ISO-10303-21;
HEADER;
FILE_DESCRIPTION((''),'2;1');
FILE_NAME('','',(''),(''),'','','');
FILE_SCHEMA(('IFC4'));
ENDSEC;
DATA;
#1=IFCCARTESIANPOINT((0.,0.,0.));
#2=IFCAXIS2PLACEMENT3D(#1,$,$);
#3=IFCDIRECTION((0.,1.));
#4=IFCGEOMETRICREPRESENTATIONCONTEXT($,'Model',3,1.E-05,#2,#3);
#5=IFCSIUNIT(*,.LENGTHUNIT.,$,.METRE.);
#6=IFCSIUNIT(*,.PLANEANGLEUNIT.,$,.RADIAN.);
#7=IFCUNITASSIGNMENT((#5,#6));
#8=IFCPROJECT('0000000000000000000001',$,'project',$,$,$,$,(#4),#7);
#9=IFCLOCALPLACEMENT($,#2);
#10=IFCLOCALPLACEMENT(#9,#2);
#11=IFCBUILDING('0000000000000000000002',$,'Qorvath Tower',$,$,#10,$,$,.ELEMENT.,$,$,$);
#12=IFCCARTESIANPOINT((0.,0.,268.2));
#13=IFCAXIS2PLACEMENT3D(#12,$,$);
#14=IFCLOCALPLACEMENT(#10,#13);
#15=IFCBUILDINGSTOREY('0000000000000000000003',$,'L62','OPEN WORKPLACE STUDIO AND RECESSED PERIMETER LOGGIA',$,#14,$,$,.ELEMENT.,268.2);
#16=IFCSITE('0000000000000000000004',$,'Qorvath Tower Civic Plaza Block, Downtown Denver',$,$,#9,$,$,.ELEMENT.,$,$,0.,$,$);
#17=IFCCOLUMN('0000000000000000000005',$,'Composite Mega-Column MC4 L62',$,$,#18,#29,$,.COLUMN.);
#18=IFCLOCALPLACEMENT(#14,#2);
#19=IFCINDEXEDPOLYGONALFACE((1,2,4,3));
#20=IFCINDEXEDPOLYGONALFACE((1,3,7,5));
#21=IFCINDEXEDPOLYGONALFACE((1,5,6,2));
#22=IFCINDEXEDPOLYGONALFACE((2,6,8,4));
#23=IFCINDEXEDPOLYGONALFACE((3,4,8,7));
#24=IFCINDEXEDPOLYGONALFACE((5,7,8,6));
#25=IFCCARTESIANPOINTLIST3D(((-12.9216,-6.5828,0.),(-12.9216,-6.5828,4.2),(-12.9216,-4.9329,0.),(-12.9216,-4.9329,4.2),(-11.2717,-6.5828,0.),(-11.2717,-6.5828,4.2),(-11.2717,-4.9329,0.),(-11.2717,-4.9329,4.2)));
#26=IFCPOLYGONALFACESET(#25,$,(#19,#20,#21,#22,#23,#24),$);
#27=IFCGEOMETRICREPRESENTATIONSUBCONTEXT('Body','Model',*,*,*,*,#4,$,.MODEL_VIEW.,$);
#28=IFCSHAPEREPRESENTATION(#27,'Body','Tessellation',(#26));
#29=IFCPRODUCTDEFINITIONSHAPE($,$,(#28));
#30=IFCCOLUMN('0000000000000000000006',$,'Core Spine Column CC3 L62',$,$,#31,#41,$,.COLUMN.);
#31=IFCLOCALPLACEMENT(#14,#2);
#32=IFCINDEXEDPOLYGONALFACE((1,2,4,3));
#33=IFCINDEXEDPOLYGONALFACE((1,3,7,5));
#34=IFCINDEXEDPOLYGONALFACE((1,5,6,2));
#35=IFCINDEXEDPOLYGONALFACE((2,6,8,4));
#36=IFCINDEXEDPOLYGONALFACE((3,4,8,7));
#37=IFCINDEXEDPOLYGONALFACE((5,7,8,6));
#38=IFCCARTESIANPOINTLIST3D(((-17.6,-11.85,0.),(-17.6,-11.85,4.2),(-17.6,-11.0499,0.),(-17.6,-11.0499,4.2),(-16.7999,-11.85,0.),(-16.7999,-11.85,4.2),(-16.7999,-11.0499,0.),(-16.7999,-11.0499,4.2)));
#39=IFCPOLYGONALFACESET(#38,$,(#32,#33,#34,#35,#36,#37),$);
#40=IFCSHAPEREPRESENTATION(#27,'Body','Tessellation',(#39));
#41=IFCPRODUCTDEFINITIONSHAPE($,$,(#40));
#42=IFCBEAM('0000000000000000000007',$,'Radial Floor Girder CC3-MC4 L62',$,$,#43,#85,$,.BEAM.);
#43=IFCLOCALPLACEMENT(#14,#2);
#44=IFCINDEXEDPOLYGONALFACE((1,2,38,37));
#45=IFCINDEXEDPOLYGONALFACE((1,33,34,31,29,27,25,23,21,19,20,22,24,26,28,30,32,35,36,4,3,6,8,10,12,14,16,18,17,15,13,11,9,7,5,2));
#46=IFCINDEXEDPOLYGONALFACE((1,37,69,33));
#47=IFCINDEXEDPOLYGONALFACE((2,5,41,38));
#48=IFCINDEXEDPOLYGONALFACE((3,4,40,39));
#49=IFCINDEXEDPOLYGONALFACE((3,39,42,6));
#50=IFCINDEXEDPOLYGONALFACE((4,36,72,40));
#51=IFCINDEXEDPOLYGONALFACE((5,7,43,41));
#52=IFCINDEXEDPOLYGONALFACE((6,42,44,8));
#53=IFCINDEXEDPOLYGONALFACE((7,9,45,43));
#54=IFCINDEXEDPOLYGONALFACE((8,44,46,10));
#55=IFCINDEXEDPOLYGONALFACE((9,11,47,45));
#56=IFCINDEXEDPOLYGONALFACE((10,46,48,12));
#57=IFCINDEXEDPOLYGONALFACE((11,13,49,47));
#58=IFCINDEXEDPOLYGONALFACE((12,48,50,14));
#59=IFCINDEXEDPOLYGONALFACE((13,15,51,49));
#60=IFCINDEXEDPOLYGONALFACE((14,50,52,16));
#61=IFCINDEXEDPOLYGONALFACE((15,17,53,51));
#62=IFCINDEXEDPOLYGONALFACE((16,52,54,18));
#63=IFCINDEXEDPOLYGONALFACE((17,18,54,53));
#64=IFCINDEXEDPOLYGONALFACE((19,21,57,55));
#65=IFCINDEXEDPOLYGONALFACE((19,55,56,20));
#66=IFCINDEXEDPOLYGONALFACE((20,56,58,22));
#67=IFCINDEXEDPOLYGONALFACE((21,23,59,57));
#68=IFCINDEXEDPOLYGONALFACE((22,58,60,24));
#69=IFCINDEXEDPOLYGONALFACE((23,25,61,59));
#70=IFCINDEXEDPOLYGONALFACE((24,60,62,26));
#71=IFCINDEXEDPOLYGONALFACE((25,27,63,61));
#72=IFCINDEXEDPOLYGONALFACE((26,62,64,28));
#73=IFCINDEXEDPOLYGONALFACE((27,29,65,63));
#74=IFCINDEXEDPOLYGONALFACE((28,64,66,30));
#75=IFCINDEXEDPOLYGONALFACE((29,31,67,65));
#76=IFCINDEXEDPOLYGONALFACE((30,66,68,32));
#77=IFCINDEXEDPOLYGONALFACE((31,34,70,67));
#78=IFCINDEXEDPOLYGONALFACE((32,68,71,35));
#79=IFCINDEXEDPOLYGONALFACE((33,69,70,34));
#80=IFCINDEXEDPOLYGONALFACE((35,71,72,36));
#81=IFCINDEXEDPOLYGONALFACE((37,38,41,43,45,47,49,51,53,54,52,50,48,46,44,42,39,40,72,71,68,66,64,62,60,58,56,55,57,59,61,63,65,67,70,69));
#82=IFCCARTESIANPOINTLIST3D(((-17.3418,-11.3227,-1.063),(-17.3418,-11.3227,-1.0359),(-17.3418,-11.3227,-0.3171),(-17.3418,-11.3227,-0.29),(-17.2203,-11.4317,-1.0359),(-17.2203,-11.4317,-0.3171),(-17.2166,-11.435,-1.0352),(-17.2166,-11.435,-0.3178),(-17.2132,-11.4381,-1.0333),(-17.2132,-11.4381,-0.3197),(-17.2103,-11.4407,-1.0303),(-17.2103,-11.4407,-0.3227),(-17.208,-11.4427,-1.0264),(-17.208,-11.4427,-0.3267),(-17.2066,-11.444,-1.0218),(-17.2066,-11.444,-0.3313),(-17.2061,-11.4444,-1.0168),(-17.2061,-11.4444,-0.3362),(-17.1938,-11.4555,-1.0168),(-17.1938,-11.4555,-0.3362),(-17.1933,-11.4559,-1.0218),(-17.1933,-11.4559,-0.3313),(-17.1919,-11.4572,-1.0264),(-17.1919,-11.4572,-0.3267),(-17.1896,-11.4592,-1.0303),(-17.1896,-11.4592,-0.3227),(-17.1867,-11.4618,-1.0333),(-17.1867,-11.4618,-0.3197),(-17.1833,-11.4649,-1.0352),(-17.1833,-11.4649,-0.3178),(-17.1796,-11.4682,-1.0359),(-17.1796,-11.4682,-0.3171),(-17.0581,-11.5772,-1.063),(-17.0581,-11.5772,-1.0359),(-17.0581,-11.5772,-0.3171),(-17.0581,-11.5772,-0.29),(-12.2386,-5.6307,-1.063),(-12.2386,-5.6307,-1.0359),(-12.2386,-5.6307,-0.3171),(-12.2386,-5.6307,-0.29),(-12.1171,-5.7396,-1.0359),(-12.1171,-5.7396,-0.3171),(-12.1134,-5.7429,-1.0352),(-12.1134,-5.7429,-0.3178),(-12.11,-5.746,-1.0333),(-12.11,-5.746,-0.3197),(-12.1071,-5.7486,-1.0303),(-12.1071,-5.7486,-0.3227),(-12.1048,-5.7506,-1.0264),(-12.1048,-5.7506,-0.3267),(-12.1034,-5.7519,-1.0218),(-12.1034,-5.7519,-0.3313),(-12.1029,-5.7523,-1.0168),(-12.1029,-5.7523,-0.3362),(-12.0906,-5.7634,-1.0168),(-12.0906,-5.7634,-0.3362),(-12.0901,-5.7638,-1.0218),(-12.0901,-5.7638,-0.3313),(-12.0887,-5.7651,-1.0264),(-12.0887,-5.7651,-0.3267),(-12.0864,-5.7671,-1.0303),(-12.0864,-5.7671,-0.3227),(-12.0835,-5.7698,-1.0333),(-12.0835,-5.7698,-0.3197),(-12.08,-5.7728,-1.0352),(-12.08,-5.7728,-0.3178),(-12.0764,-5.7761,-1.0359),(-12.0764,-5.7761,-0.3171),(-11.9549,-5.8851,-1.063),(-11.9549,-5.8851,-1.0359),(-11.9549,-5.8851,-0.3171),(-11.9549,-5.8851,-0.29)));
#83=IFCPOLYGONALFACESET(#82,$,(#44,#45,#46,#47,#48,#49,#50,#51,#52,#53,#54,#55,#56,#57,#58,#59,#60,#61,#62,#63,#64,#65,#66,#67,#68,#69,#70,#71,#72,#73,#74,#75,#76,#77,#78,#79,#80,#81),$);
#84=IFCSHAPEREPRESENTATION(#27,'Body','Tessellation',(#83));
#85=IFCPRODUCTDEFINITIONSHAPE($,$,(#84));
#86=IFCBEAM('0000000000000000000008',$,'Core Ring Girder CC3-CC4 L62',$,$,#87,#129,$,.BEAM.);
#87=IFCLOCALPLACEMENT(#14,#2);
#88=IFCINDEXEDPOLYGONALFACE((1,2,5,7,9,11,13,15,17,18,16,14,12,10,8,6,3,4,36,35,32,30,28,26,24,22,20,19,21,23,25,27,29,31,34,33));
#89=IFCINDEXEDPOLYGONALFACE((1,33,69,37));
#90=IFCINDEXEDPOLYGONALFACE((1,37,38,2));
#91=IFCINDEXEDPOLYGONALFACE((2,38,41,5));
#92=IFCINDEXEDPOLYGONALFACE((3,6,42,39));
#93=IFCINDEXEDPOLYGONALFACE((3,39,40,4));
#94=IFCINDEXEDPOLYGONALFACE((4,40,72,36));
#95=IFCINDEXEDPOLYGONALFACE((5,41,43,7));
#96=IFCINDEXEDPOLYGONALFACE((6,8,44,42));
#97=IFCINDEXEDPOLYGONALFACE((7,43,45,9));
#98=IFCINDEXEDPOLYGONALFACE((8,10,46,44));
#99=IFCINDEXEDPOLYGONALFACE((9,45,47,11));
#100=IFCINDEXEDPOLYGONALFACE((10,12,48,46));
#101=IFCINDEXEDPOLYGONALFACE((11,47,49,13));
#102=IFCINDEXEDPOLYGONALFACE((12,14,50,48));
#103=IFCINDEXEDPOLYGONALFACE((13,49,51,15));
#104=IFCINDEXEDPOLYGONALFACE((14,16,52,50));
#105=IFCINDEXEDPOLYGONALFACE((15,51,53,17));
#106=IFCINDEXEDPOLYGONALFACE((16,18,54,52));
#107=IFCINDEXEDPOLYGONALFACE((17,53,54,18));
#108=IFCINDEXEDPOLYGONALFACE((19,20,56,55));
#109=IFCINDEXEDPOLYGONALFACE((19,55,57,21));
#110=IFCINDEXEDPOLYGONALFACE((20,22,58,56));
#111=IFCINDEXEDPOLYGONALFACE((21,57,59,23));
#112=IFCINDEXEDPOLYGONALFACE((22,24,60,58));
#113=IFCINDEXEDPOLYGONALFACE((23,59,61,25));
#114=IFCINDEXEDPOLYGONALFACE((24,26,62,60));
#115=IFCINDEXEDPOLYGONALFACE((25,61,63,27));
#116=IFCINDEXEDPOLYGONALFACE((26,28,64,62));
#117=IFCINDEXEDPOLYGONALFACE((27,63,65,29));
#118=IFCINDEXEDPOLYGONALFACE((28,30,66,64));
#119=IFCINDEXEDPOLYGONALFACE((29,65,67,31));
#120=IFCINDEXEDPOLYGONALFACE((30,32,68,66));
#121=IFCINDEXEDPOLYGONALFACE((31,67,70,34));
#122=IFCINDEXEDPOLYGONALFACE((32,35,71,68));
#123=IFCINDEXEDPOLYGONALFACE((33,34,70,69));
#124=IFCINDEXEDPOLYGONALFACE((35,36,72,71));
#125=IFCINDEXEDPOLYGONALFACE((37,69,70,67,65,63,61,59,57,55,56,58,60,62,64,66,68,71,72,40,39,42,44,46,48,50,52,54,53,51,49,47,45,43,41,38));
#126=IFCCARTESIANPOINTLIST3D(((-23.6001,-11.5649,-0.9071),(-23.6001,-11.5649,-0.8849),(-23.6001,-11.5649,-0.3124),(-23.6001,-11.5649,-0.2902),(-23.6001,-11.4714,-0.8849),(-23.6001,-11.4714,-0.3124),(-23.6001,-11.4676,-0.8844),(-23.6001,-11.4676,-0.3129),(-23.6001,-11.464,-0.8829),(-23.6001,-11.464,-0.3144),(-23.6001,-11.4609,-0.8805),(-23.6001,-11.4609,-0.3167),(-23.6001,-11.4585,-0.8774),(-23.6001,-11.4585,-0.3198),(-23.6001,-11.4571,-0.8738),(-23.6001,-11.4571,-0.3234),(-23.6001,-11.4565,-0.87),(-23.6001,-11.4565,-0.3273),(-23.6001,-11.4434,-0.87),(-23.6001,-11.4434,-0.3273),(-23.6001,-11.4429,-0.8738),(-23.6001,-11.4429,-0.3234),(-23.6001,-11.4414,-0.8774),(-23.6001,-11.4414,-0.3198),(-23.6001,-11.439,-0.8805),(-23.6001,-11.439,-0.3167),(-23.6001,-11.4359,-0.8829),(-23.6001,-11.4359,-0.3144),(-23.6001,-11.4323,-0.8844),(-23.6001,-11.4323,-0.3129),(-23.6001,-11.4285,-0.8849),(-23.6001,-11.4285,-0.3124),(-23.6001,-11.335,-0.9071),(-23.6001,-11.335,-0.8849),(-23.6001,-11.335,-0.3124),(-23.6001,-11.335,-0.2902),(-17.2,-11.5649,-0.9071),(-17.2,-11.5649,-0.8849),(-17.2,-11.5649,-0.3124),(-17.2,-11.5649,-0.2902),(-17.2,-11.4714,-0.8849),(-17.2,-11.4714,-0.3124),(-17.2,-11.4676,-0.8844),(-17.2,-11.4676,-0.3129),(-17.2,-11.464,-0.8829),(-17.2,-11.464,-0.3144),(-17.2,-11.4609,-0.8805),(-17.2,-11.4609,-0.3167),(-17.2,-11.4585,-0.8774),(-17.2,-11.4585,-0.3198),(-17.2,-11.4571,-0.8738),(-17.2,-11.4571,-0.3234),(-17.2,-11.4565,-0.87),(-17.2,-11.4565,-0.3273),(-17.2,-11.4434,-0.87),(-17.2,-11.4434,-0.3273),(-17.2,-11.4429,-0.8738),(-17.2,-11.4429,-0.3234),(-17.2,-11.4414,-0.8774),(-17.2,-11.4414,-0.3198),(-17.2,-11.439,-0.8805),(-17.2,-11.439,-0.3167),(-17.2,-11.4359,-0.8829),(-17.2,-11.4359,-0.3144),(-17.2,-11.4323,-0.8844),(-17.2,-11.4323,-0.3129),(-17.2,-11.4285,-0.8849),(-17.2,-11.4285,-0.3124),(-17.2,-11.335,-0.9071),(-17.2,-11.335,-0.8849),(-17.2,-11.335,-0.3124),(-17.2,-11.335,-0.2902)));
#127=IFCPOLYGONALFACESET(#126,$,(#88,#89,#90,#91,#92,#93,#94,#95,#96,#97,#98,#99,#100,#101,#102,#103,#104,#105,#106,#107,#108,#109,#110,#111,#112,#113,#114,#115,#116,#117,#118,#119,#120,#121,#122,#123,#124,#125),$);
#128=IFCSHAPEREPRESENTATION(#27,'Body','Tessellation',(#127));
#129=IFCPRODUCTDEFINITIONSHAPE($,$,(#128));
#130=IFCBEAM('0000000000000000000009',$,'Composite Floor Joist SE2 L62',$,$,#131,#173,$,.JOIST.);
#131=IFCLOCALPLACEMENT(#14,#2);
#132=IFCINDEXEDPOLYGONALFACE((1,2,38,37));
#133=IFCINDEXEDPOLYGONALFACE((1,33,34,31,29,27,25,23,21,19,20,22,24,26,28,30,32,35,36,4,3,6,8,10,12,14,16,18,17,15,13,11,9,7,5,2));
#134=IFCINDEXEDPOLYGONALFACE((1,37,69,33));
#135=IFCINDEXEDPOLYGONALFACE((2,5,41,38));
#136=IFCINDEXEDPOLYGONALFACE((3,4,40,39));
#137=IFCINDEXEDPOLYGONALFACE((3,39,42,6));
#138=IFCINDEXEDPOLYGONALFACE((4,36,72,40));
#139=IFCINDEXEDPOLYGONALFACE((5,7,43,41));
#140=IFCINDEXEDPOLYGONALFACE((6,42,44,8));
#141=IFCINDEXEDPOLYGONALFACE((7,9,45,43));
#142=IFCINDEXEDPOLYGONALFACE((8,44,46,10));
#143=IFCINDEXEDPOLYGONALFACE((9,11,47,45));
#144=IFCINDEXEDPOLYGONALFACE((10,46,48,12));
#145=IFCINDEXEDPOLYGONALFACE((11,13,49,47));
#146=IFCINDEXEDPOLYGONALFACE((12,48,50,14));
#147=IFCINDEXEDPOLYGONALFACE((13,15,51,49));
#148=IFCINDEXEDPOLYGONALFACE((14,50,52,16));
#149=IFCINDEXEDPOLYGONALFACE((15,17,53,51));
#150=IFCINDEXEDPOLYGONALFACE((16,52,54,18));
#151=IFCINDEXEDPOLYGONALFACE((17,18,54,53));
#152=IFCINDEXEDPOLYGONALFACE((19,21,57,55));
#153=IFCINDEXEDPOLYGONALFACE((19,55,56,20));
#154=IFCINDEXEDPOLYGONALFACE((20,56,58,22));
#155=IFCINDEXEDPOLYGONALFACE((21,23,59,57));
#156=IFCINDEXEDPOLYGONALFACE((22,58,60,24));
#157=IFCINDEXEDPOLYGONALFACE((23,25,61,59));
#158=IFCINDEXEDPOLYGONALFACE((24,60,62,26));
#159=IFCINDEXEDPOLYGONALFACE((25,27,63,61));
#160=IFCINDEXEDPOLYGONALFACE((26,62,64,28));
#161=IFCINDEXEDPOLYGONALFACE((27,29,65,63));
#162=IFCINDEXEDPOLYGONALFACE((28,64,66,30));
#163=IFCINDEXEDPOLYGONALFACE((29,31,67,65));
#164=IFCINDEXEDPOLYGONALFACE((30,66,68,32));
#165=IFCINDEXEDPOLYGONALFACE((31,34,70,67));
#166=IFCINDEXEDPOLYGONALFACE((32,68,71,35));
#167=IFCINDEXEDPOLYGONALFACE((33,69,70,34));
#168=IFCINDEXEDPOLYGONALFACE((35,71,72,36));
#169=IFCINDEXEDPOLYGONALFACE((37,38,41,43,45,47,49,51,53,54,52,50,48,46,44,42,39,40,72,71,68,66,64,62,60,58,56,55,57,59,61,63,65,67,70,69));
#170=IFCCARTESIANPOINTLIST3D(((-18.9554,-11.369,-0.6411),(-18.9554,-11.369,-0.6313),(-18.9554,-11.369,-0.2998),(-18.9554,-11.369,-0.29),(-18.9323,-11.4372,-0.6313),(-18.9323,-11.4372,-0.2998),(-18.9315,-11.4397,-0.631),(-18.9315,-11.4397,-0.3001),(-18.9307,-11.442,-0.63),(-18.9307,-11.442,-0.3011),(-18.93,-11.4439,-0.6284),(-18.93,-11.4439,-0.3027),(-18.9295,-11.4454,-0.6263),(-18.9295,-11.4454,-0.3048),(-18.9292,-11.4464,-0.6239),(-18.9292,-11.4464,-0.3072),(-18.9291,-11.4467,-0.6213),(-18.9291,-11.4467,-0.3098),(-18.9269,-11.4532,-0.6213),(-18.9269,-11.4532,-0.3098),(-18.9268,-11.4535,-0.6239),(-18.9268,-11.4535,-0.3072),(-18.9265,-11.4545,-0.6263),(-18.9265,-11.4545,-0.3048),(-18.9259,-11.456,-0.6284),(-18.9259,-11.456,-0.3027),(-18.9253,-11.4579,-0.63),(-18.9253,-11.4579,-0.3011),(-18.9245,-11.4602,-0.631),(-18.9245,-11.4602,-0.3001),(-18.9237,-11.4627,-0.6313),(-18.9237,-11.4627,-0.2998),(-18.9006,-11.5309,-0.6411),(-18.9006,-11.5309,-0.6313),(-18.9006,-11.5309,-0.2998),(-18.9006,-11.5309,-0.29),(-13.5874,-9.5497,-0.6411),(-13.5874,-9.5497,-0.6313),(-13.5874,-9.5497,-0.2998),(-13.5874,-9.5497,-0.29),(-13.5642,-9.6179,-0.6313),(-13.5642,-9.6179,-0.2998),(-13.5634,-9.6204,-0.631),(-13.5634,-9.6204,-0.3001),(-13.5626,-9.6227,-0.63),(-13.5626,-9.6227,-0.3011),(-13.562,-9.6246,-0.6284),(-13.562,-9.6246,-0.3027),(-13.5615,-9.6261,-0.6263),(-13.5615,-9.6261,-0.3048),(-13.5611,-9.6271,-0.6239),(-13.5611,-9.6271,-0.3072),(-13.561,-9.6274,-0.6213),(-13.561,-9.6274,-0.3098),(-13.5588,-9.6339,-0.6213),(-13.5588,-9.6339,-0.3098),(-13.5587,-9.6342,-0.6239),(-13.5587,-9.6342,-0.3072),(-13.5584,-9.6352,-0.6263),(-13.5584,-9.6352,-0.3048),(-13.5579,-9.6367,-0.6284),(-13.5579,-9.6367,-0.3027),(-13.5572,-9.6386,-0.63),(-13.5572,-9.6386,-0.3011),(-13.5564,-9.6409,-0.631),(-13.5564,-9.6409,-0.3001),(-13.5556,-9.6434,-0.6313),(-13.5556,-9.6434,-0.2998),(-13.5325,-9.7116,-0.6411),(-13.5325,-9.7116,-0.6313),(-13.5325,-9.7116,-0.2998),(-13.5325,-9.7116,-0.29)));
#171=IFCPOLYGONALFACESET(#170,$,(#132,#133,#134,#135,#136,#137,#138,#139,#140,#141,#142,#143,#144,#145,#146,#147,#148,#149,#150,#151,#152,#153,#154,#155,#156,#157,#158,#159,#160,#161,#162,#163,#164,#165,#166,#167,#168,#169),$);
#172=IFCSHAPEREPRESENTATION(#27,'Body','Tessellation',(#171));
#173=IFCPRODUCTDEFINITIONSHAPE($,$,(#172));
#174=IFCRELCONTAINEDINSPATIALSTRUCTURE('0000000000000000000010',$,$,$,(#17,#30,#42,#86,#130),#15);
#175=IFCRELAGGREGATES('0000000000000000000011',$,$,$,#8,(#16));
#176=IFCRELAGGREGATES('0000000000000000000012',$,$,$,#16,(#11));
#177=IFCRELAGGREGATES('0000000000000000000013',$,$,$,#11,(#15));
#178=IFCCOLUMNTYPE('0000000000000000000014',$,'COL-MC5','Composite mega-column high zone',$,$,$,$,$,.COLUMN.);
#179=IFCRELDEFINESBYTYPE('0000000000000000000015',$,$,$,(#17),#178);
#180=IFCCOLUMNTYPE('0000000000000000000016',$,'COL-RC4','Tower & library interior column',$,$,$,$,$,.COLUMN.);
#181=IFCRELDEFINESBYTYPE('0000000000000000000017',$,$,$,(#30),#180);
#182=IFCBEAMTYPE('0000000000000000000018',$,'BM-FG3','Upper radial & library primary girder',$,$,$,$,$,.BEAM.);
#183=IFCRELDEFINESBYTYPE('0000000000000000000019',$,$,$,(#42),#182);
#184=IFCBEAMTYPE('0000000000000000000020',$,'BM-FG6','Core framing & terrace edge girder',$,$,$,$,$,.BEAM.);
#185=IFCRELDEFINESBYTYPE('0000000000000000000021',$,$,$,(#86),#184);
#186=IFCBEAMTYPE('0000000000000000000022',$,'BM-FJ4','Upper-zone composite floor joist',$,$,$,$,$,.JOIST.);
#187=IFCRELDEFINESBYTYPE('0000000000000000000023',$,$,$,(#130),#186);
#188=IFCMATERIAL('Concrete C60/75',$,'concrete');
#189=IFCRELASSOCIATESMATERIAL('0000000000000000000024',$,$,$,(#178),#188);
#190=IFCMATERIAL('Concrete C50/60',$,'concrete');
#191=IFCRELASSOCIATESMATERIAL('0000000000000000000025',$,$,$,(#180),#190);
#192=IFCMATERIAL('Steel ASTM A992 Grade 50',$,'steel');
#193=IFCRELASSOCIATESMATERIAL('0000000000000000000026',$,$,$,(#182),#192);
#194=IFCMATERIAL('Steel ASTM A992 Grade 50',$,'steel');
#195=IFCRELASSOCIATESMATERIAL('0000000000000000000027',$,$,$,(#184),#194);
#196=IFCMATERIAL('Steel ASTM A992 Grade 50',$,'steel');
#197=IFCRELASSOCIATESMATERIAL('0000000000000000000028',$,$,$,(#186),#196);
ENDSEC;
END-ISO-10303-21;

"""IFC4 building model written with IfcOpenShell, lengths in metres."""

from ifc_helpers import new_model, si_unit, direction, frame, origin, origin_2d, place, context, subcontext, project, spatial, rectangle, i_section, extrude, material, material_profile, profile_set, type_object, element, save


model = new_model("IFC4")

# Units and contexts
model_context = context("Model", 3, precision=1e-05, world=origin(), true_north=direction((0.0, 1.0)))
body_context = subcontext(model_context, "Body", "Model", "MODEL_VIEW")
ifc_project = project(units=[si_unit("LENGTHUNIT", "METRE"), si_unit("PLANEANGLEUNIT", "RADIAN")], contexts=[model_context])

# Site, building, storey
site_placement = place(None, origin())
site = spatial("IfcSite", under=ifc_project, at=site_placement, Name="Qorvath Tower Civic Plaza Block, Downtown Denver", CompositionType="ELEMENT", RefElevation=0.0)
building_placement = place(site_placement, origin())
building = spatial("IfcBuilding", under=site, at=building_placement, Name="Qorvath Tower", CompositionType="ELEMENT")
storey_placement = place(building_placement, frame((0.0, 0.0, 268.2)))
storey = spatial("IfcBuildingStorey", under=building, at=storey_placement, Name="L62", Description="OPEN WORKPLACE STUDIO AND RECESSED PERIMETER LOGGIA", CompositionType="ELEMENT", Elevation=268.2)

# Columns
ifc_material_1 = material(Name="Concrete C60/75", Category="concrete")
ifc_material_profile_1 = material_profile(ifc_material_1, rectangle(XDim=1.6499, YDim=1.6499, at=origin_2d()), Name="MC 1650x1650")
ifc_profile_set_1 = profile_set([ifc_material_profile_1], Name="Concrete C60/75")
column_type_1 = type_object("IfcColumnType", Name="COL-MC5", Description="Composite mega-column high zone", PredefinedType="COLUMN", material=ifc_profile_set_1)
column_1_placement = place(storey_placement, frame((-12.0967, -5.7578, 0.0), z_axis=(0.0, 0.0, 1.0), x_axis=(1.0, 0.0, 0.0)))
element("IfcColumn", 1, at=column_1_placement, inside=storey, type_object=column_type_1, Name="Composite Mega-Column MC4 L62", PredefinedType="COLUMN", context=body_context, shape_type="SweptSolid", body=[
    extrude(rectangle(XDim=1.6499, YDim=1.6499, at=origin_2d()), origin(), (0.0, 0.0, 1.0), 4.2),
])
ifc_material_2 = material(Name="Concrete C50/60", Category="concrete")
ifc_material_profile_2 = material_profile(ifc_material_2, rectangle(XDim=0.8, YDim=0.8, at=origin_2d()), Name="RC 800x800")
ifc_profile_set_2 = profile_set([ifc_material_profile_2], Name="Concrete C50/60")
column_type_2 = type_object("IfcColumnType", Name="COL-RC4", Description="Tower & library interior column", PredefinedType="COLUMN", material=ifc_profile_set_2)
column_2_placement = place(storey_placement, frame((-17.2, -11.45, 0.0), z_axis=(0.0, 0.0, 1.0), x_axis=(1.0, 0.0, 0.0)))
element("IfcColumn", 2, at=column_2_placement, inside=storey, type_object=column_type_2, Name="Core Spine Column CC3 L62", PredefinedType="COLUMN", context=body_context, shape_type="SweptSolid", body=[
    extrude(rectangle(XDim=0.8, YDim=0.8, at=origin_2d()), origin(), (0.0, 0.0, 1.0), 4.2),
])

# Beams
ifc_material_3 = material(Name="Steel ASTM A992 Grade 50", Category="steel")
ifc_material_profile_3 = material_profile(ifc_material_3, i_section(OverallWidth=0.3811, OverallDepth=0.7729, WebThickness=0.0166, FlangeThickness=0.0271, FilletRadius=0.019, at=origin_2d()), Name="W30x173")
ifc_profile_set_3 = profile_set([ifc_material_profile_3], Name="Steel ASTM A992 Grade 50")
beam_type_1 = type_object("IfcBeamType", Name="BM-FG3", Description="Upper radial & library primary girder", PredefinedType="BEAM", material=ifc_profile_set_3)
beam_1_placement = place(storey_placement, frame((-17.2, -11.45, -0.6765), z_axis=(0.667543, 0.744571, 0.0), x_axis=(-0.744571, 0.667543, 0.0)))
element("IfcBeam", 3, at=beam_1_placement, inside=storey, type_object=beam_type_1, Name="Radial Floor Girder CC3-MC4 L62", PredefinedType="BEAM", context=body_context, shape_type="SweptSolid", body=[
    extrude(i_section(OverallWidth=0.3811, OverallDepth=0.7729, WebThickness=0.0166, FlangeThickness=0.0271, FilletRadius=0.019, at=origin_2d()), origin(), (0.0, 0.0, 1.0), 7.6448),
])
ifc_material_4 = material(Name="Steel ASTM A992 Grade 50", Category="steel")
ifc_material_profile_4 = material_profile(ifc_material_4, i_section(OverallWidth=0.23, OverallDepth=0.6169, WebThickness=0.0132, FlangeThickness=0.0222, FilletRadius=0.0149, at=origin_2d()), Name="W24x94")
ifc_profile_set_4 = profile_set([ifc_material_profile_4], Name="Steel ASTM A992 Grade 50")
beam_type_2 = type_object("IfcBeamType", Name="BM-FG6", Description="Core framing & terrace edge girder", PredefinedType="BEAM", material=ifc_profile_set_4)
beam_2_placement = place(storey_placement, frame((-17.2, -11.45, -0.5986), z_axis=(-1.0, 0.0, 0.0), x_axis=(0.0, -1.0, 0.0)))
element("IfcBeam", 4, at=beam_2_placement, inside=storey, type_object=beam_type_2, Name="Core Ring Girder CC3-CC4 L62", PredefinedType="BEAM", context=body_context, shape_type="SweptSolid", body=[
    extrude(i_section(OverallWidth=0.23, OverallDepth=0.6169, WebThickness=0.0132, FlangeThickness=0.0222, FilletRadius=0.0149, at=origin_2d()), origin(), (0.0, 0.0, 1.0), 6.4001),
])
ifc_material_5 = material(Name="Steel ASTM A992 Grade 50", Category="steel")
ifc_material_profile_5 = material_profile(ifc_material_5, i_section(OverallWidth=0.1709, OverallDepth=0.3511, WebThickness=0.0068, FlangeThickness=0.0098, FilletRadius=0.01, at=origin_2d()), Name="W14x30")
ifc_profile_set_5 = profile_set([ifc_material_profile_5], Name="Steel ASTM A992 Grade 50")
beam_type_3 = type_object("IfcBeamType", Name="BM-FJ4", Description="Upper-zone composite floor joist", PredefinedType="JOIST", material=ifc_profile_set_5)
beam_3_placement = place(storey_placement, frame((-18.928, -11.45, -0.4656), z_axis=(0.947086, 0.320979, 0.0), x_axis=(-0.320979, 0.947086, 0.0)))
element("IfcBeam", 5, at=beam_3_placement, inside=storey, type_object=beam_type_3, Name="Composite Floor Joist SE2 L62", PredefinedType="JOIST", context=body_context, shape_type="SweptSolid", body=[
    extrude(i_section(OverallWidth=0.1709, OverallDepth=0.3511, WebThickness=0.0068, FlangeThickness=0.0098, FilletRadius=0.01, at=origin_2d()), origin(), (0.0, 0.0, 1.0), 5.668),
])

save(model, "model.ifc")
